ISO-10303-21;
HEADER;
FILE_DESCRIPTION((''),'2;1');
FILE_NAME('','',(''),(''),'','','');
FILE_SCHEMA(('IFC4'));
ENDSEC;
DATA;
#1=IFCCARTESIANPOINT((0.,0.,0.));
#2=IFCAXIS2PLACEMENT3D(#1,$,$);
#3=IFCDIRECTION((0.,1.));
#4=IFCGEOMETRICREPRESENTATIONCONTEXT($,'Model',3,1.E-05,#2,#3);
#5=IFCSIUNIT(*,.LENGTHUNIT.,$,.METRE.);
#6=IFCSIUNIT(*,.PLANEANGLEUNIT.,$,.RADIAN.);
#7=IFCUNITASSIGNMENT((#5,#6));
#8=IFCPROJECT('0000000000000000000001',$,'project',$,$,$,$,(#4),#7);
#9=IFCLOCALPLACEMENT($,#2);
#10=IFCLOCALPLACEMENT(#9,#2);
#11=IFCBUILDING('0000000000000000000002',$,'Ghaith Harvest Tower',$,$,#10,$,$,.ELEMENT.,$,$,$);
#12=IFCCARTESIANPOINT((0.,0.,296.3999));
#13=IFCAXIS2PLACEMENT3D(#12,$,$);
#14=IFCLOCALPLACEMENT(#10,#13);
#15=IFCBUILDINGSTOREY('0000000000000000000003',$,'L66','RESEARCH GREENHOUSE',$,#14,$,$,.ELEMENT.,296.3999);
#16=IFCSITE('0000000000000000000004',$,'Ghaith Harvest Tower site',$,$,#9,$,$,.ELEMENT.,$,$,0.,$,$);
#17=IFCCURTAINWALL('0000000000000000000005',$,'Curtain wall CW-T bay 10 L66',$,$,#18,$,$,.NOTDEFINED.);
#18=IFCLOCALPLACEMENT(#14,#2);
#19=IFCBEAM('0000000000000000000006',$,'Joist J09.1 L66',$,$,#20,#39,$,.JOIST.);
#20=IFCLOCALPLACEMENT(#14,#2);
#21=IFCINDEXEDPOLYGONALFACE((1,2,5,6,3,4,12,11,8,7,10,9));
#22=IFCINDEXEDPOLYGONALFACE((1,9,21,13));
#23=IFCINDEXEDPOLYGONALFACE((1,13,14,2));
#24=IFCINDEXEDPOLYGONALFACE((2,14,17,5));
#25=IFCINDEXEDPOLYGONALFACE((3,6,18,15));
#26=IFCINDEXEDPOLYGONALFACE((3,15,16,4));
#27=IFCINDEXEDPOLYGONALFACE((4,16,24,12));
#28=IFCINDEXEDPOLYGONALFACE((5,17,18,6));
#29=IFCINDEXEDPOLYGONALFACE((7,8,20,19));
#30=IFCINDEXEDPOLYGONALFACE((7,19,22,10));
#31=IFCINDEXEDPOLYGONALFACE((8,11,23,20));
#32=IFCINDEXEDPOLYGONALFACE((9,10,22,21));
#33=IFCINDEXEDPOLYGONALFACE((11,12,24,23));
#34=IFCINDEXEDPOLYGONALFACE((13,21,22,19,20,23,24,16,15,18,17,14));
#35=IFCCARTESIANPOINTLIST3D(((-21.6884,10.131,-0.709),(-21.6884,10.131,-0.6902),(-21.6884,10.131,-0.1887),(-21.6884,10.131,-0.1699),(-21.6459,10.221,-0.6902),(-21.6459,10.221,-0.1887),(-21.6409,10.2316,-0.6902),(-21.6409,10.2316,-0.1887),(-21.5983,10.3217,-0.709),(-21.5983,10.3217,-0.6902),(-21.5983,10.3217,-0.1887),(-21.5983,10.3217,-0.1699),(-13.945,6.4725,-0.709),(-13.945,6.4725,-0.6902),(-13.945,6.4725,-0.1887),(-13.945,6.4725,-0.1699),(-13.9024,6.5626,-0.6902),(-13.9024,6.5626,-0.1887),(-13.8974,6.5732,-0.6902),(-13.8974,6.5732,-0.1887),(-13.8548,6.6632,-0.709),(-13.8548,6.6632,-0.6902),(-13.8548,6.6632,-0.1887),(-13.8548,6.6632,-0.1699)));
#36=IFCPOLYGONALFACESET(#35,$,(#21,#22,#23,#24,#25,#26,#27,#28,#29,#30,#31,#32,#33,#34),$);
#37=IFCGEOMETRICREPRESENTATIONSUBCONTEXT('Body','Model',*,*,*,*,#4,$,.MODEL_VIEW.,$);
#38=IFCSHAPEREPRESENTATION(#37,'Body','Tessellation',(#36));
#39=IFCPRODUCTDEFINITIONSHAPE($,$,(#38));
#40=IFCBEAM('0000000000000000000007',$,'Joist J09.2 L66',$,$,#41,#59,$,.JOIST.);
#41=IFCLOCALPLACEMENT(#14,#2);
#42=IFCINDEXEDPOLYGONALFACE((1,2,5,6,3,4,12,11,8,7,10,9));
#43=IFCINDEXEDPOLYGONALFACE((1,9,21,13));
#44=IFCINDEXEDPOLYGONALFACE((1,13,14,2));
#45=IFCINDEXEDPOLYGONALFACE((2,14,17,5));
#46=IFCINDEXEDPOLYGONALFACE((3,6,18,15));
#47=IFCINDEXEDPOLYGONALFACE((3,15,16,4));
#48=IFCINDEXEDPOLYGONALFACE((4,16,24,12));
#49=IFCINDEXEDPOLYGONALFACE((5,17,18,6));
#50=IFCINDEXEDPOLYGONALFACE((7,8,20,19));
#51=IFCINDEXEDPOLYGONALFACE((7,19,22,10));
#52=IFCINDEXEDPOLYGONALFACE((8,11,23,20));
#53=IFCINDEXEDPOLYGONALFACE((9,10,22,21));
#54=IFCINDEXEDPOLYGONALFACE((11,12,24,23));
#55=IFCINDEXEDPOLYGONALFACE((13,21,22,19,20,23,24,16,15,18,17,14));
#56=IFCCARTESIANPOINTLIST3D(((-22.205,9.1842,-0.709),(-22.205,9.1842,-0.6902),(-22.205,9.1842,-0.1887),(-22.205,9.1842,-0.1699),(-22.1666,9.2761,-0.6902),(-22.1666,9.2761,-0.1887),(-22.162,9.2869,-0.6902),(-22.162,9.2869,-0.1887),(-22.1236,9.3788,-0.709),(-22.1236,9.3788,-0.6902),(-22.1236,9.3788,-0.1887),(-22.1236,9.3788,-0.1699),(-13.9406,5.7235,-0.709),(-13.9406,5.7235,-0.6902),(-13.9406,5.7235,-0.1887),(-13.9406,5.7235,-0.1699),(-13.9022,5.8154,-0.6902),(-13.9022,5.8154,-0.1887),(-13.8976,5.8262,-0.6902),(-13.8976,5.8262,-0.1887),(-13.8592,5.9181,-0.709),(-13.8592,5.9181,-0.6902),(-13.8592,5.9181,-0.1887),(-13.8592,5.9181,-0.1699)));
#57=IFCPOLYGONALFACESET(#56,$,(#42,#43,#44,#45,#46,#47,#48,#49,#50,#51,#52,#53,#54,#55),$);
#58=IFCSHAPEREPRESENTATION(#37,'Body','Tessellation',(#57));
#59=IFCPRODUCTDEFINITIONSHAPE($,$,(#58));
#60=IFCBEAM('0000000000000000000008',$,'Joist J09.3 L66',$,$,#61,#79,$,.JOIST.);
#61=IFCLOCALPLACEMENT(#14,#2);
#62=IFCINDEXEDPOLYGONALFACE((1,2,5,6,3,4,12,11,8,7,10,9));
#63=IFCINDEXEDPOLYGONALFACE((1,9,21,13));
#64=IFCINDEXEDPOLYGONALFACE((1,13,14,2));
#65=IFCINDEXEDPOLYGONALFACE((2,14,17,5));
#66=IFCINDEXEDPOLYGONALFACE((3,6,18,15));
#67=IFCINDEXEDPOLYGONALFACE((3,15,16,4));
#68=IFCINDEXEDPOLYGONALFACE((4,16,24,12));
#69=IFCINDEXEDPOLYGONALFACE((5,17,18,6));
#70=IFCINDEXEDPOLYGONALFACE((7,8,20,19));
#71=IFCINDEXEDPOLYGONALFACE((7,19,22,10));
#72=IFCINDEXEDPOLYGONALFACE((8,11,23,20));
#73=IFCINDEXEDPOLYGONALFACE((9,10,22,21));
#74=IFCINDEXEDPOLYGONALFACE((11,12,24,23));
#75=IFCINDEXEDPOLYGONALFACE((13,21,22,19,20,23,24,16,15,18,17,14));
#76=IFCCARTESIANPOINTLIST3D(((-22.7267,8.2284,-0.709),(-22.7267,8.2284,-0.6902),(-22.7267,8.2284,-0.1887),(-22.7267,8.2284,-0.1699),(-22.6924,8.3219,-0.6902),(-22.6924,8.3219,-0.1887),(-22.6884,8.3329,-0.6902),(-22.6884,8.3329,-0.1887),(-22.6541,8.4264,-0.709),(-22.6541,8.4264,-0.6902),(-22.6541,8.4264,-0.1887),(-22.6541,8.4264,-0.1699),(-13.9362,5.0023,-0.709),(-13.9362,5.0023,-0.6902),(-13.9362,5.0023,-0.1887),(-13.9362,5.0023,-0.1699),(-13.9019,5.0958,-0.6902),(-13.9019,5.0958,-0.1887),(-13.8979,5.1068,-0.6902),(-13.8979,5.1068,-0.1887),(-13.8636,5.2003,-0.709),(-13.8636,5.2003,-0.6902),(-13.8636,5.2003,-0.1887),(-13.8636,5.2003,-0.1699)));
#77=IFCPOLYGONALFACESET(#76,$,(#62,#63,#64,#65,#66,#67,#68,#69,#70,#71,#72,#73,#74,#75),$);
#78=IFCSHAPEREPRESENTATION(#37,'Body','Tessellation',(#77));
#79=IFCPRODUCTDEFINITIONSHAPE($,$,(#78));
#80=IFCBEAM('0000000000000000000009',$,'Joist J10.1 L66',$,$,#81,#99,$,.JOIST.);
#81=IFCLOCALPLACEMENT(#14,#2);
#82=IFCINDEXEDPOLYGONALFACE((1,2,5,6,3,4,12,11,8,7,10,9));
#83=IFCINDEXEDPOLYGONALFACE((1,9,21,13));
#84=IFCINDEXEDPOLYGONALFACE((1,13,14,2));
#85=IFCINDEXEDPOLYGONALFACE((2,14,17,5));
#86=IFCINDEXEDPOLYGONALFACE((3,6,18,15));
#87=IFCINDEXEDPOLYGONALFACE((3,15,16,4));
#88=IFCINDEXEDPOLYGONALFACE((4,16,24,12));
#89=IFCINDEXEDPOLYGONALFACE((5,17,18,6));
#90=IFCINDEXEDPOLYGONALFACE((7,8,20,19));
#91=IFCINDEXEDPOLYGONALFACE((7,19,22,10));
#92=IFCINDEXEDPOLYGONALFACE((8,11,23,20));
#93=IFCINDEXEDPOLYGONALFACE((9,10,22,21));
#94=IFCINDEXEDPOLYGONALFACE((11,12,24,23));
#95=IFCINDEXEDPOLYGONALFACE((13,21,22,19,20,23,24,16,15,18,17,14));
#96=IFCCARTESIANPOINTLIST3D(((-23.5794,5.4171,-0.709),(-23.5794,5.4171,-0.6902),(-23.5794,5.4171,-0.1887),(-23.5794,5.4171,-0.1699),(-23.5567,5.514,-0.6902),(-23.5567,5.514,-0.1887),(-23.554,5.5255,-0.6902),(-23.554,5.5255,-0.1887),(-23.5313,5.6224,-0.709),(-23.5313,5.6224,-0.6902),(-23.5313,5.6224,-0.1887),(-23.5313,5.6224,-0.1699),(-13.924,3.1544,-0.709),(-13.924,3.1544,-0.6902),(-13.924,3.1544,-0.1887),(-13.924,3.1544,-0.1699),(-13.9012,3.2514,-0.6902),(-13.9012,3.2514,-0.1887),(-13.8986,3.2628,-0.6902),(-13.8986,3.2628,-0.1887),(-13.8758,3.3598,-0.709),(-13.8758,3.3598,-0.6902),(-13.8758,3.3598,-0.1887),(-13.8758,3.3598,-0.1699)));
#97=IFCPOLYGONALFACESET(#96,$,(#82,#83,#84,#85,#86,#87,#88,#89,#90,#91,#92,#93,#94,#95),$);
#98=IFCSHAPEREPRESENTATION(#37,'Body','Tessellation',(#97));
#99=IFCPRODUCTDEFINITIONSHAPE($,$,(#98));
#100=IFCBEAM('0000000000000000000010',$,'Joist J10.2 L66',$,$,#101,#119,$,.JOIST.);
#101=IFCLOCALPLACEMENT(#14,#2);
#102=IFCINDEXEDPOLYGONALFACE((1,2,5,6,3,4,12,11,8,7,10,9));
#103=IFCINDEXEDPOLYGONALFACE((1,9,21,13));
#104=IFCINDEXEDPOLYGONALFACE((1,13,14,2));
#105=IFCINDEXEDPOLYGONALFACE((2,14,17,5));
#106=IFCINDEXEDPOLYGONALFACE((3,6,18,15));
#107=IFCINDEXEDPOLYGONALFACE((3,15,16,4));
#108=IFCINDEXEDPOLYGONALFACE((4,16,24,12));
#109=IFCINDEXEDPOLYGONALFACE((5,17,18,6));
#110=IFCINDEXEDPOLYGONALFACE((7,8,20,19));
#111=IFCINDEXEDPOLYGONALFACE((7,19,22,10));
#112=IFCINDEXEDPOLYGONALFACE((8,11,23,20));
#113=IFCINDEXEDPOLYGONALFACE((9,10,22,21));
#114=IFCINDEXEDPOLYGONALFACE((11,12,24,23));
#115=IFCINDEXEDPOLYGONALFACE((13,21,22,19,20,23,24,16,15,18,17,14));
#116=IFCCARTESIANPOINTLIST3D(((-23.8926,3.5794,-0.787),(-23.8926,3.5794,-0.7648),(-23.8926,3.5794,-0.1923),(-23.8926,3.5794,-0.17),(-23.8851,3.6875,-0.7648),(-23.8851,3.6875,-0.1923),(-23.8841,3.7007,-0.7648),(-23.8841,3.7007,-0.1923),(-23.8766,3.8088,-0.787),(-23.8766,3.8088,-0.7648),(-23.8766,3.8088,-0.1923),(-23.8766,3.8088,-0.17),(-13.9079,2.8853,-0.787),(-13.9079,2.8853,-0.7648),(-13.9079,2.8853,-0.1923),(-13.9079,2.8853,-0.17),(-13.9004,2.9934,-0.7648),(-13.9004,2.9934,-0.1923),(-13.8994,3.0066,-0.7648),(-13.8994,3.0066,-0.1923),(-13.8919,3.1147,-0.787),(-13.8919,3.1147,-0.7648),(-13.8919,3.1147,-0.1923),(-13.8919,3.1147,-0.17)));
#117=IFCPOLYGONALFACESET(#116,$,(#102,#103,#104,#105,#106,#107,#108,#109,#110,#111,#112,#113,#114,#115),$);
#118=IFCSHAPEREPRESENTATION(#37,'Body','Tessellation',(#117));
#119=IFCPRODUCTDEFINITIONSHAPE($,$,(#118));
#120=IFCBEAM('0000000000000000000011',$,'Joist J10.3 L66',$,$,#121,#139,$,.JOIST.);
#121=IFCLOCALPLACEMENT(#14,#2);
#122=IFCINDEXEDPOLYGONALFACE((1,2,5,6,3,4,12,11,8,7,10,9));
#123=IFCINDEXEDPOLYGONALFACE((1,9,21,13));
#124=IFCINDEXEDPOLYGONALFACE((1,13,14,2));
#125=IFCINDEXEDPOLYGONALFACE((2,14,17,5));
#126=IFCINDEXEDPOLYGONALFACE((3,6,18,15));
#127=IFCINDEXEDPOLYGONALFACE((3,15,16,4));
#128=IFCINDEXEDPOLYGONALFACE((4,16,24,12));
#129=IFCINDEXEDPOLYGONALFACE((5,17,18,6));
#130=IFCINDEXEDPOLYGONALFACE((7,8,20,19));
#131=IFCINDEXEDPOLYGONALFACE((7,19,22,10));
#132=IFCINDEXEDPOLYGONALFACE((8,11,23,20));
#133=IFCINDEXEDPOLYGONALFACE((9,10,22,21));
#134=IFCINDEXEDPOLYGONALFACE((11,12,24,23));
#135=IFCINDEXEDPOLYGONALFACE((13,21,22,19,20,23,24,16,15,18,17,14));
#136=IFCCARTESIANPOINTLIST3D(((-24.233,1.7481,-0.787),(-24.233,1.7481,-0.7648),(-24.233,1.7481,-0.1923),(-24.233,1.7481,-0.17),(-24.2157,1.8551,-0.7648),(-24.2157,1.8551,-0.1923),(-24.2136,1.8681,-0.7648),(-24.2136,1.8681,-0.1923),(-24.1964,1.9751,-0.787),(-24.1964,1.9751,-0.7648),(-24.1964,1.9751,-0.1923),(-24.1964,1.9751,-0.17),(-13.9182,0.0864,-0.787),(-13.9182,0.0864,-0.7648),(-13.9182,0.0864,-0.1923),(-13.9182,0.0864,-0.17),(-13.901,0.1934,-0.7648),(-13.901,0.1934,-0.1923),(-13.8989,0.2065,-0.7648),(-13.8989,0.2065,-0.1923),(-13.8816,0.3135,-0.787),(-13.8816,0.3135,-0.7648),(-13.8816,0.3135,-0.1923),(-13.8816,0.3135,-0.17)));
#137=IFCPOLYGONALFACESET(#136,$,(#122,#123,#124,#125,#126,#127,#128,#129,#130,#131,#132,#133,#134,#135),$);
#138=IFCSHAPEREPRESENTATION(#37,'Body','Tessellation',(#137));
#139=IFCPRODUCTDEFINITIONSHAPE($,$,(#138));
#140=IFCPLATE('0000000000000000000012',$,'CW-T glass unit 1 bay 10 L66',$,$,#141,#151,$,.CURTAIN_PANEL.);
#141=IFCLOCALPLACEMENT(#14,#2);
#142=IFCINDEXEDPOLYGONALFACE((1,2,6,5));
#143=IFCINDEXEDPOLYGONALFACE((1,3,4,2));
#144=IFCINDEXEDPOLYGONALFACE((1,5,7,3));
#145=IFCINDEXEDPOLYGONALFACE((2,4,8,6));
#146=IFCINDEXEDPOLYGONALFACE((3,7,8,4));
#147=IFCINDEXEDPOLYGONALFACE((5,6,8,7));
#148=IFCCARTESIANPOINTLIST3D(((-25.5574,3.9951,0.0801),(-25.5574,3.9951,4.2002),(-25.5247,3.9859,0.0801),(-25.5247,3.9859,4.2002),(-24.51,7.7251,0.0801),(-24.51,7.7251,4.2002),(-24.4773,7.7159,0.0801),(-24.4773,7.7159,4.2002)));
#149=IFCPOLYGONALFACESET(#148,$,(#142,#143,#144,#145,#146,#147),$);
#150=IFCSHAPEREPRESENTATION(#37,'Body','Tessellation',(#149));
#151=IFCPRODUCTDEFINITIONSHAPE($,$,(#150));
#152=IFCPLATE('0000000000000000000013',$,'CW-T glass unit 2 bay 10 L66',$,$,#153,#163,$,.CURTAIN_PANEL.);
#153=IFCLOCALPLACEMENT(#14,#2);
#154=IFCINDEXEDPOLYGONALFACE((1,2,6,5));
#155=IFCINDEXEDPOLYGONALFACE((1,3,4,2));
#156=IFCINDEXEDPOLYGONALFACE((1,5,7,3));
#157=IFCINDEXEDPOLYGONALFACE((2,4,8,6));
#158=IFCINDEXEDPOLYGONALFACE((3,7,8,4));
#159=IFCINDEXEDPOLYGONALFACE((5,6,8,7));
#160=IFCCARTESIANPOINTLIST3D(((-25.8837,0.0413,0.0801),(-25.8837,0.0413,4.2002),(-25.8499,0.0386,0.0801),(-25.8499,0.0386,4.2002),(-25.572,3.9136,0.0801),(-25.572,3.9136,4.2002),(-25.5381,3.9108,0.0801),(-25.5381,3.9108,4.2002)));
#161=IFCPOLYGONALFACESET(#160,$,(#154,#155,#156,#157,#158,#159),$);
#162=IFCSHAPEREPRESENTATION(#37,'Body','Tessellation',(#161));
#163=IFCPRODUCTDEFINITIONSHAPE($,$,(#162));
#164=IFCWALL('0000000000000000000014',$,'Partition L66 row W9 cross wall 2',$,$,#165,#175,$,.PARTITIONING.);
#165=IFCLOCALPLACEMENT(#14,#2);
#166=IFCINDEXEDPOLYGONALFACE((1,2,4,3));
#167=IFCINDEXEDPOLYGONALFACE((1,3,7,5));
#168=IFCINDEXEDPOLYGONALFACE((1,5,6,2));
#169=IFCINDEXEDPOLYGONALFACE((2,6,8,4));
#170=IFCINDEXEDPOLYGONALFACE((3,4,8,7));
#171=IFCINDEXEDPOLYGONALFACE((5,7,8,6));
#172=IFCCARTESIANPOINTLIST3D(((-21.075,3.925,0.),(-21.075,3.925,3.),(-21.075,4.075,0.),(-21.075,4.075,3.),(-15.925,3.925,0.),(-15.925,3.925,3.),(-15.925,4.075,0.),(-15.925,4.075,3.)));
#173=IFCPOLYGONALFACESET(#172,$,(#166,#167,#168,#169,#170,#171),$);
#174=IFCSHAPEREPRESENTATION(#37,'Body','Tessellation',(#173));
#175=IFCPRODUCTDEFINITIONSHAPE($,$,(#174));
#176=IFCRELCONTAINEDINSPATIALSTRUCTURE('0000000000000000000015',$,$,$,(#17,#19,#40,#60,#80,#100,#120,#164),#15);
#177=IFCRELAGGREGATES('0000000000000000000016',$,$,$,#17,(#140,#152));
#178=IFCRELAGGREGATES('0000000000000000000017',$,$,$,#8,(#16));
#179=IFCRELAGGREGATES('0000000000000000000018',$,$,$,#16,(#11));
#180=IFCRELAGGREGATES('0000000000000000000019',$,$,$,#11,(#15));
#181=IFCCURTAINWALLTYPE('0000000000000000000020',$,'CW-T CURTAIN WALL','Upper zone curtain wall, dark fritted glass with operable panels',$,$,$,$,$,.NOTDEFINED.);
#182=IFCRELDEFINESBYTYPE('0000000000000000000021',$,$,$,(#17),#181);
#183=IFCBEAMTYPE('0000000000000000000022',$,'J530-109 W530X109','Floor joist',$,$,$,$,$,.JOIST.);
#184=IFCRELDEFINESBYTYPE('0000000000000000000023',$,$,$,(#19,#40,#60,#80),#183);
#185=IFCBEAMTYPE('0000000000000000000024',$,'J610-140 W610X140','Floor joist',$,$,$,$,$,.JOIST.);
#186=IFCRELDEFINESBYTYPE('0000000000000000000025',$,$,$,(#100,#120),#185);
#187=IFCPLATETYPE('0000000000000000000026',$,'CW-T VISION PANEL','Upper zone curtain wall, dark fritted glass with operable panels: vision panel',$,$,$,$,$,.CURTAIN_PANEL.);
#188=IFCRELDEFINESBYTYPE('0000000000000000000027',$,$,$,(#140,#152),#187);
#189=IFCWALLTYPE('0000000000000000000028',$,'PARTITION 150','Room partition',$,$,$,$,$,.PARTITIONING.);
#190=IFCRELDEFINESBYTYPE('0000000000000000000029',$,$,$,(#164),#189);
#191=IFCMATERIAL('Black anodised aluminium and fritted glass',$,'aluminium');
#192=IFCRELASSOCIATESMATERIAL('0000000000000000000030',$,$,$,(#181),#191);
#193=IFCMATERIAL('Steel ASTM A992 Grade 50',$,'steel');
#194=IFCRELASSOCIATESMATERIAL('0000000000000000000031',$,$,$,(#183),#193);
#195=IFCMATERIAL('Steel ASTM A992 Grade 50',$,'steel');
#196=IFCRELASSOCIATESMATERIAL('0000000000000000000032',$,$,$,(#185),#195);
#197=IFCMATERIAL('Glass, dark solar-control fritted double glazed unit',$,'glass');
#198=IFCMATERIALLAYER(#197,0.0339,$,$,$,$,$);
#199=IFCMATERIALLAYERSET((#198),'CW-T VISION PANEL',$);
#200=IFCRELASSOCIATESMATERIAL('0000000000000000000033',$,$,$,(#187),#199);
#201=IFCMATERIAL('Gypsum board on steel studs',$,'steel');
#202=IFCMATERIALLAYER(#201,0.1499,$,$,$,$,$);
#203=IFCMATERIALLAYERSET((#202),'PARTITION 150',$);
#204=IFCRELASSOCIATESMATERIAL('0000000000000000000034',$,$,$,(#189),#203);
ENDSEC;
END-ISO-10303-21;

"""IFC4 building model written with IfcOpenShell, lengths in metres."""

from ifc_helpers import new_model, si_unit, direction, frame, frame_2d, origin, origin_2d, place, context, subcontext, project, spatial, rectangle, i_section, extrude, material, layer, layer_set, material_profile, profile_set, type_object, element, aggregate, save


model = new_model("IFC4")

# Units and contexts
model_context = context("Model", 3, precision=1e-05, world=origin(), true_north=direction((0.0, 1.0)))
body_context = subcontext(model_context, "Body", "Model", "MODEL_VIEW")
ifc_project = project(units=[si_unit("LENGTHUNIT", "METRE"), si_unit("PLANEANGLEUNIT", "RADIAN")], contexts=[model_context])

# Site, building, storey
site_placement = place(None, origin())
site = spatial("IfcSite", under=ifc_project, at=site_placement, Name="Ghaith Harvest Tower site", CompositionType="ELEMENT", RefElevation=0.0)
building_placement = place(site_placement, origin())
building = spatial("IfcBuilding", under=site, at=building_placement, Name="Ghaith Harvest Tower", CompositionType="ELEMENT")
storey_placement = place(building_placement, frame((0.0, 0.0, 296.3999)))
storey = spatial("IfcBuildingStorey", under=building, at=storey_placement, Name="L66", Description="RESEARCH GREENHOUSE", CompositionType="ELEMENT", Elevation=296.3999)

# Curtain wall
ifc_material_1 = material(Name="Black anodised aluminium and fritted glass", Category="aluminium")
curtain_wall_type = type_object("IfcCurtainWallType", Name="CW-T CURTAIN WALL", Description="Upper zone curtain wall, dark fritted glass with operable panels", PredefinedType="NOTDEFINED", material=ifc_material_1)
curtain_wall_placement = place(storey_placement, origin())
curtain_wall = element("IfcCurtainWall", 1, at=curtain_wall_placement, inside=storey, type_object=curtain_wall_type, Name="Curtain wall CW-T bay 10 L66", PredefinedType="NOTDEFINED")

# Beams
ifc_material_2 = material(Name="Steel ASTM A992 Grade 50", Category="steel")
ifc_material_profile_1 = material_profile(ifc_material_2, i_section(OverallWidth=0.2109, OverallDepth=0.5391, WebThickness=0.0117, FlangeThickness=0.0188, at=origin_2d()), Name="W530X109")
ifc_profile_set_1 = profile_set([ifc_material_profile_1], Name="Steel ASTM A992 Grade 50")
beam_type_1 = type_object("IfcBeamType", Name="J530-109 W530X109", Description="Floor joist", PredefinedType="JOIST", material=ifc_profile_set_1)
beam_1_placement = place(storey_placement, frame((-13.8999, 6.5679, -0.4395), z_axis=(-0.904166, 0.427182, 0.0), x_axis=(-0.427182, -0.904166, 0.0)))
element("IfcBeam", 2, at=beam_1_placement, inside=storey, type_object=beam_type_1, Name="Joist J09.1 L66", PredefinedType="JOIST", context=body_context, shape_type="SweptSolid", body=[
    extrude(i_section(OverallWidth=0.2109, OverallDepth=0.5391, WebThickness=0.0117, FlangeThickness=0.0188, at=origin_2d()), origin(), (0.0, 0.0, 1.0), 8.5642),
])
beam_2_placement = place(storey_placement, frame((-13.8999, 5.8208, -0.4395), z_axis=(-0.922394, 0.38625, 0.0), x_axis=(-0.38625, -0.922394, 0.0)))
element("IfcBeam", 3, at=beam_2_placement, inside=storey, type_object=beam_type_1, Name="Joist J09.2 L66", PredefinedType="JOIST", context=body_context, shape_type="SweptSolid", body=[
    extrude(i_section(OverallWidth=0.2109, OverallDepth=0.5391, WebThickness=0.0117, FlangeThickness=0.0188, at=origin_2d()), origin(), (0.0, 0.0, 1.0), 8.9597),
])
beam_3_placement = place(storey_placement, frame((-13.8999, 5.1013, -0.4395), z_axis=(-0.938777, 0.344526, 0.0), x_axis=(-0.344526, -0.938777, 0.0)))
element("IfcBeam", 4, at=beam_3_placement, inside=storey, type_object=beam_type_1, Name="Joist J09.3 L66", PredefinedType="JOIST", context=body_context, shape_type="SweptSolid", body=[
    extrude(i_section(OverallWidth=0.2109, OverallDepth=0.5391, WebThickness=0.0117, FlangeThickness=0.0188, at=origin_2d()), origin(), (0.0, 0.0, 1.0), 9.3638),
])
beam_4_placement = place(storey_placement, frame((-13.8999, 3.2571, -0.4395), z_axis=(-0.973623, 0.228161, 0.0), x_axis=(-0.228161, -0.973623, 0.0)))
element("IfcBeam", 5, at=beam_4_placement, inside=storey, type_object=beam_type_1, Name="Joist J10.1 L66", PredefinedType="JOIST", context=body_context, shape_type="SweptSolid", body=[
    extrude(i_section(OverallWidth=0.2109, OverallDepth=0.5391, WebThickness=0.0117, FlangeThickness=0.0188, at=origin_2d()), origin(), (0.0, 0.0, 1.0), 9.917),
])
ifc_material_3 = material(Name="Steel ASTM A992 Grade 50", Category="steel")
ifc_material_profile_2 = material_profile(ifc_material_3, i_section(OverallWidth=0.23, OverallDepth=0.6169, WebThickness=0.0132, FlangeThickness=0.0222, at=origin_2d()), Name="W610X140")
ifc_profile_set_2 = profile_set([ifc_material_profile_2], Name="Steel ASTM A992 Grade 50")
beam_type_2 = type_object("IfcBeamType", Name="J610-140 W610X140", Description="Floor joist", PredefinedType="JOIST", material=ifc_profile_set_2)
beam_5_placement = place(storey_placement, frame((-13.8999, 3.0, -0.4785), z_axis=(-0.997592, 0.069349, 0.0), x_axis=(-0.069349, -0.997592, 0.0)))
element("IfcBeam", 6, at=beam_5_placement, inside=storey, type_object=beam_type_2, Name="Joist J10.2 L66", PredefinedType="JOIST", context=body_context, shape_type="SweptSolid", body=[
    extrude(i_section(OverallWidth=0.23, OverallDepth=0.6169, WebThickness=0.0132, FlangeThickness=0.0222, at=origin_2d()), origin(), (0.0, 0.0, 1.0), 10.0088),
])
beam_6_placement = place(storey_placement, frame((-13.8999, 0.2, -0.4785), z_axis=(-0.987272, 0.159042, 0.0), x_axis=(-0.159042, -0.987272, 0.0)))
element("IfcBeam", 7, at=beam_6_placement, inside=storey, type_object=beam_type_2, Name="Joist J10.3 L66", PredefinedType="JOIST", context=body_context, shape_type="SweptSolid", body=[
    extrude(i_section(OverallWidth=0.23, OverallDepth=0.6169, WebThickness=0.0132, FlangeThickness=0.0222, at=origin_2d()), origin(), (0.0, 0.0, 1.0), 10.4478),
])

# Plates
ifc_material_4 = material(Name="Glass, dark solar-control fritted double glazed unit", Category="glass")
ifc_layer_1 = layer(ifc_material_4, 0.0339)
ifc_layer_set_1 = layer_set([ifc_layer_1], Name="CW-T VISION PANEL")
plate_type = type_object("IfcPlateType", Name="CW-T VISION PANEL", Description="Upper zone curtain wall, dark fritted glass with operable panels: vision panel", PredefinedType="CURTAIN_PANEL", material=ifc_layer_set_1)
plate_1_placement = place(storey_placement, frame((-25.0173, 5.8555, 0.0801), z_axis=(0.0, 0.0, 1.0), x_axis=(-0.270355, -0.962761, 0.0)))
plate_1 = element("IfcPlate", 8, at=plate_1_placement, type_object=plate_type, Name="CW-T glass unit 1 bay 10 L66", PredefinedType="CURTAIN_PANEL", context=body_context, shape_type="SweptSolid", body=[
    extrude(rectangle(XDim=3.8743, YDim=0.0339, at=origin_2d()), origin(), (0.0, 0.0, 1.0), 4.1201),
])
plate_2_placement = place(storey_placement, frame((-25.7109, 1.9761, 0.0801), z_axis=(0.0, 0.0, 1.0), x_axis=(-0.080258, -0.996774, 0.0)))
plate_2 = element("IfcPlate", 9, at=plate_2_placement, type_object=plate_type, Name="CW-T glass unit 2 bay 10 L66", PredefinedType="CURTAIN_PANEL", context=body_context, shape_type="SweptSolid", body=[
    extrude(rectangle(XDim=3.8848, YDim=0.0339, at=origin_2d()), origin(), (0.0, 0.0, 1.0), 4.1201),
])
aggregate(curtain_wall, [plate_1, plate_2])

# Wall
ifc_material_5 = material(Name="Gypsum board on steel studs", Category="steel")
ifc_layer_2 = layer(ifc_material_5, 0.1499)
ifc_layer_set_2 = layer_set([ifc_layer_2], Name="PARTITION 150")
wall_type_1 = type_object("IfcWallType", Name="PARTITION 150", Description="Room partition", PredefinedType="PARTITIONING", material=ifc_layer_set_2)
wall_1_placement = place(storey_placement, frame((-15.925, 4.0, 0.0), z_axis=(0.0, 0.0, 1.0), x_axis=(-1.0, 0.0, 0.0)))
element("IfcWall", 10, at=wall_1_placement, inside=storey, type_object=wall_type_1, Name="Partition L66 row W9 cross wall 2", PredefinedType="PARTITIONING", context=body_context, shape_type="SweptSolid", body=[
    extrude(rectangle(XDim=5.1499, YDim=0.1499, at=frame_2d((2.575, 0.0))), origin(), (0.0, 0.0, 1.0), 3.0),
])

save(model, "model.ifc")
